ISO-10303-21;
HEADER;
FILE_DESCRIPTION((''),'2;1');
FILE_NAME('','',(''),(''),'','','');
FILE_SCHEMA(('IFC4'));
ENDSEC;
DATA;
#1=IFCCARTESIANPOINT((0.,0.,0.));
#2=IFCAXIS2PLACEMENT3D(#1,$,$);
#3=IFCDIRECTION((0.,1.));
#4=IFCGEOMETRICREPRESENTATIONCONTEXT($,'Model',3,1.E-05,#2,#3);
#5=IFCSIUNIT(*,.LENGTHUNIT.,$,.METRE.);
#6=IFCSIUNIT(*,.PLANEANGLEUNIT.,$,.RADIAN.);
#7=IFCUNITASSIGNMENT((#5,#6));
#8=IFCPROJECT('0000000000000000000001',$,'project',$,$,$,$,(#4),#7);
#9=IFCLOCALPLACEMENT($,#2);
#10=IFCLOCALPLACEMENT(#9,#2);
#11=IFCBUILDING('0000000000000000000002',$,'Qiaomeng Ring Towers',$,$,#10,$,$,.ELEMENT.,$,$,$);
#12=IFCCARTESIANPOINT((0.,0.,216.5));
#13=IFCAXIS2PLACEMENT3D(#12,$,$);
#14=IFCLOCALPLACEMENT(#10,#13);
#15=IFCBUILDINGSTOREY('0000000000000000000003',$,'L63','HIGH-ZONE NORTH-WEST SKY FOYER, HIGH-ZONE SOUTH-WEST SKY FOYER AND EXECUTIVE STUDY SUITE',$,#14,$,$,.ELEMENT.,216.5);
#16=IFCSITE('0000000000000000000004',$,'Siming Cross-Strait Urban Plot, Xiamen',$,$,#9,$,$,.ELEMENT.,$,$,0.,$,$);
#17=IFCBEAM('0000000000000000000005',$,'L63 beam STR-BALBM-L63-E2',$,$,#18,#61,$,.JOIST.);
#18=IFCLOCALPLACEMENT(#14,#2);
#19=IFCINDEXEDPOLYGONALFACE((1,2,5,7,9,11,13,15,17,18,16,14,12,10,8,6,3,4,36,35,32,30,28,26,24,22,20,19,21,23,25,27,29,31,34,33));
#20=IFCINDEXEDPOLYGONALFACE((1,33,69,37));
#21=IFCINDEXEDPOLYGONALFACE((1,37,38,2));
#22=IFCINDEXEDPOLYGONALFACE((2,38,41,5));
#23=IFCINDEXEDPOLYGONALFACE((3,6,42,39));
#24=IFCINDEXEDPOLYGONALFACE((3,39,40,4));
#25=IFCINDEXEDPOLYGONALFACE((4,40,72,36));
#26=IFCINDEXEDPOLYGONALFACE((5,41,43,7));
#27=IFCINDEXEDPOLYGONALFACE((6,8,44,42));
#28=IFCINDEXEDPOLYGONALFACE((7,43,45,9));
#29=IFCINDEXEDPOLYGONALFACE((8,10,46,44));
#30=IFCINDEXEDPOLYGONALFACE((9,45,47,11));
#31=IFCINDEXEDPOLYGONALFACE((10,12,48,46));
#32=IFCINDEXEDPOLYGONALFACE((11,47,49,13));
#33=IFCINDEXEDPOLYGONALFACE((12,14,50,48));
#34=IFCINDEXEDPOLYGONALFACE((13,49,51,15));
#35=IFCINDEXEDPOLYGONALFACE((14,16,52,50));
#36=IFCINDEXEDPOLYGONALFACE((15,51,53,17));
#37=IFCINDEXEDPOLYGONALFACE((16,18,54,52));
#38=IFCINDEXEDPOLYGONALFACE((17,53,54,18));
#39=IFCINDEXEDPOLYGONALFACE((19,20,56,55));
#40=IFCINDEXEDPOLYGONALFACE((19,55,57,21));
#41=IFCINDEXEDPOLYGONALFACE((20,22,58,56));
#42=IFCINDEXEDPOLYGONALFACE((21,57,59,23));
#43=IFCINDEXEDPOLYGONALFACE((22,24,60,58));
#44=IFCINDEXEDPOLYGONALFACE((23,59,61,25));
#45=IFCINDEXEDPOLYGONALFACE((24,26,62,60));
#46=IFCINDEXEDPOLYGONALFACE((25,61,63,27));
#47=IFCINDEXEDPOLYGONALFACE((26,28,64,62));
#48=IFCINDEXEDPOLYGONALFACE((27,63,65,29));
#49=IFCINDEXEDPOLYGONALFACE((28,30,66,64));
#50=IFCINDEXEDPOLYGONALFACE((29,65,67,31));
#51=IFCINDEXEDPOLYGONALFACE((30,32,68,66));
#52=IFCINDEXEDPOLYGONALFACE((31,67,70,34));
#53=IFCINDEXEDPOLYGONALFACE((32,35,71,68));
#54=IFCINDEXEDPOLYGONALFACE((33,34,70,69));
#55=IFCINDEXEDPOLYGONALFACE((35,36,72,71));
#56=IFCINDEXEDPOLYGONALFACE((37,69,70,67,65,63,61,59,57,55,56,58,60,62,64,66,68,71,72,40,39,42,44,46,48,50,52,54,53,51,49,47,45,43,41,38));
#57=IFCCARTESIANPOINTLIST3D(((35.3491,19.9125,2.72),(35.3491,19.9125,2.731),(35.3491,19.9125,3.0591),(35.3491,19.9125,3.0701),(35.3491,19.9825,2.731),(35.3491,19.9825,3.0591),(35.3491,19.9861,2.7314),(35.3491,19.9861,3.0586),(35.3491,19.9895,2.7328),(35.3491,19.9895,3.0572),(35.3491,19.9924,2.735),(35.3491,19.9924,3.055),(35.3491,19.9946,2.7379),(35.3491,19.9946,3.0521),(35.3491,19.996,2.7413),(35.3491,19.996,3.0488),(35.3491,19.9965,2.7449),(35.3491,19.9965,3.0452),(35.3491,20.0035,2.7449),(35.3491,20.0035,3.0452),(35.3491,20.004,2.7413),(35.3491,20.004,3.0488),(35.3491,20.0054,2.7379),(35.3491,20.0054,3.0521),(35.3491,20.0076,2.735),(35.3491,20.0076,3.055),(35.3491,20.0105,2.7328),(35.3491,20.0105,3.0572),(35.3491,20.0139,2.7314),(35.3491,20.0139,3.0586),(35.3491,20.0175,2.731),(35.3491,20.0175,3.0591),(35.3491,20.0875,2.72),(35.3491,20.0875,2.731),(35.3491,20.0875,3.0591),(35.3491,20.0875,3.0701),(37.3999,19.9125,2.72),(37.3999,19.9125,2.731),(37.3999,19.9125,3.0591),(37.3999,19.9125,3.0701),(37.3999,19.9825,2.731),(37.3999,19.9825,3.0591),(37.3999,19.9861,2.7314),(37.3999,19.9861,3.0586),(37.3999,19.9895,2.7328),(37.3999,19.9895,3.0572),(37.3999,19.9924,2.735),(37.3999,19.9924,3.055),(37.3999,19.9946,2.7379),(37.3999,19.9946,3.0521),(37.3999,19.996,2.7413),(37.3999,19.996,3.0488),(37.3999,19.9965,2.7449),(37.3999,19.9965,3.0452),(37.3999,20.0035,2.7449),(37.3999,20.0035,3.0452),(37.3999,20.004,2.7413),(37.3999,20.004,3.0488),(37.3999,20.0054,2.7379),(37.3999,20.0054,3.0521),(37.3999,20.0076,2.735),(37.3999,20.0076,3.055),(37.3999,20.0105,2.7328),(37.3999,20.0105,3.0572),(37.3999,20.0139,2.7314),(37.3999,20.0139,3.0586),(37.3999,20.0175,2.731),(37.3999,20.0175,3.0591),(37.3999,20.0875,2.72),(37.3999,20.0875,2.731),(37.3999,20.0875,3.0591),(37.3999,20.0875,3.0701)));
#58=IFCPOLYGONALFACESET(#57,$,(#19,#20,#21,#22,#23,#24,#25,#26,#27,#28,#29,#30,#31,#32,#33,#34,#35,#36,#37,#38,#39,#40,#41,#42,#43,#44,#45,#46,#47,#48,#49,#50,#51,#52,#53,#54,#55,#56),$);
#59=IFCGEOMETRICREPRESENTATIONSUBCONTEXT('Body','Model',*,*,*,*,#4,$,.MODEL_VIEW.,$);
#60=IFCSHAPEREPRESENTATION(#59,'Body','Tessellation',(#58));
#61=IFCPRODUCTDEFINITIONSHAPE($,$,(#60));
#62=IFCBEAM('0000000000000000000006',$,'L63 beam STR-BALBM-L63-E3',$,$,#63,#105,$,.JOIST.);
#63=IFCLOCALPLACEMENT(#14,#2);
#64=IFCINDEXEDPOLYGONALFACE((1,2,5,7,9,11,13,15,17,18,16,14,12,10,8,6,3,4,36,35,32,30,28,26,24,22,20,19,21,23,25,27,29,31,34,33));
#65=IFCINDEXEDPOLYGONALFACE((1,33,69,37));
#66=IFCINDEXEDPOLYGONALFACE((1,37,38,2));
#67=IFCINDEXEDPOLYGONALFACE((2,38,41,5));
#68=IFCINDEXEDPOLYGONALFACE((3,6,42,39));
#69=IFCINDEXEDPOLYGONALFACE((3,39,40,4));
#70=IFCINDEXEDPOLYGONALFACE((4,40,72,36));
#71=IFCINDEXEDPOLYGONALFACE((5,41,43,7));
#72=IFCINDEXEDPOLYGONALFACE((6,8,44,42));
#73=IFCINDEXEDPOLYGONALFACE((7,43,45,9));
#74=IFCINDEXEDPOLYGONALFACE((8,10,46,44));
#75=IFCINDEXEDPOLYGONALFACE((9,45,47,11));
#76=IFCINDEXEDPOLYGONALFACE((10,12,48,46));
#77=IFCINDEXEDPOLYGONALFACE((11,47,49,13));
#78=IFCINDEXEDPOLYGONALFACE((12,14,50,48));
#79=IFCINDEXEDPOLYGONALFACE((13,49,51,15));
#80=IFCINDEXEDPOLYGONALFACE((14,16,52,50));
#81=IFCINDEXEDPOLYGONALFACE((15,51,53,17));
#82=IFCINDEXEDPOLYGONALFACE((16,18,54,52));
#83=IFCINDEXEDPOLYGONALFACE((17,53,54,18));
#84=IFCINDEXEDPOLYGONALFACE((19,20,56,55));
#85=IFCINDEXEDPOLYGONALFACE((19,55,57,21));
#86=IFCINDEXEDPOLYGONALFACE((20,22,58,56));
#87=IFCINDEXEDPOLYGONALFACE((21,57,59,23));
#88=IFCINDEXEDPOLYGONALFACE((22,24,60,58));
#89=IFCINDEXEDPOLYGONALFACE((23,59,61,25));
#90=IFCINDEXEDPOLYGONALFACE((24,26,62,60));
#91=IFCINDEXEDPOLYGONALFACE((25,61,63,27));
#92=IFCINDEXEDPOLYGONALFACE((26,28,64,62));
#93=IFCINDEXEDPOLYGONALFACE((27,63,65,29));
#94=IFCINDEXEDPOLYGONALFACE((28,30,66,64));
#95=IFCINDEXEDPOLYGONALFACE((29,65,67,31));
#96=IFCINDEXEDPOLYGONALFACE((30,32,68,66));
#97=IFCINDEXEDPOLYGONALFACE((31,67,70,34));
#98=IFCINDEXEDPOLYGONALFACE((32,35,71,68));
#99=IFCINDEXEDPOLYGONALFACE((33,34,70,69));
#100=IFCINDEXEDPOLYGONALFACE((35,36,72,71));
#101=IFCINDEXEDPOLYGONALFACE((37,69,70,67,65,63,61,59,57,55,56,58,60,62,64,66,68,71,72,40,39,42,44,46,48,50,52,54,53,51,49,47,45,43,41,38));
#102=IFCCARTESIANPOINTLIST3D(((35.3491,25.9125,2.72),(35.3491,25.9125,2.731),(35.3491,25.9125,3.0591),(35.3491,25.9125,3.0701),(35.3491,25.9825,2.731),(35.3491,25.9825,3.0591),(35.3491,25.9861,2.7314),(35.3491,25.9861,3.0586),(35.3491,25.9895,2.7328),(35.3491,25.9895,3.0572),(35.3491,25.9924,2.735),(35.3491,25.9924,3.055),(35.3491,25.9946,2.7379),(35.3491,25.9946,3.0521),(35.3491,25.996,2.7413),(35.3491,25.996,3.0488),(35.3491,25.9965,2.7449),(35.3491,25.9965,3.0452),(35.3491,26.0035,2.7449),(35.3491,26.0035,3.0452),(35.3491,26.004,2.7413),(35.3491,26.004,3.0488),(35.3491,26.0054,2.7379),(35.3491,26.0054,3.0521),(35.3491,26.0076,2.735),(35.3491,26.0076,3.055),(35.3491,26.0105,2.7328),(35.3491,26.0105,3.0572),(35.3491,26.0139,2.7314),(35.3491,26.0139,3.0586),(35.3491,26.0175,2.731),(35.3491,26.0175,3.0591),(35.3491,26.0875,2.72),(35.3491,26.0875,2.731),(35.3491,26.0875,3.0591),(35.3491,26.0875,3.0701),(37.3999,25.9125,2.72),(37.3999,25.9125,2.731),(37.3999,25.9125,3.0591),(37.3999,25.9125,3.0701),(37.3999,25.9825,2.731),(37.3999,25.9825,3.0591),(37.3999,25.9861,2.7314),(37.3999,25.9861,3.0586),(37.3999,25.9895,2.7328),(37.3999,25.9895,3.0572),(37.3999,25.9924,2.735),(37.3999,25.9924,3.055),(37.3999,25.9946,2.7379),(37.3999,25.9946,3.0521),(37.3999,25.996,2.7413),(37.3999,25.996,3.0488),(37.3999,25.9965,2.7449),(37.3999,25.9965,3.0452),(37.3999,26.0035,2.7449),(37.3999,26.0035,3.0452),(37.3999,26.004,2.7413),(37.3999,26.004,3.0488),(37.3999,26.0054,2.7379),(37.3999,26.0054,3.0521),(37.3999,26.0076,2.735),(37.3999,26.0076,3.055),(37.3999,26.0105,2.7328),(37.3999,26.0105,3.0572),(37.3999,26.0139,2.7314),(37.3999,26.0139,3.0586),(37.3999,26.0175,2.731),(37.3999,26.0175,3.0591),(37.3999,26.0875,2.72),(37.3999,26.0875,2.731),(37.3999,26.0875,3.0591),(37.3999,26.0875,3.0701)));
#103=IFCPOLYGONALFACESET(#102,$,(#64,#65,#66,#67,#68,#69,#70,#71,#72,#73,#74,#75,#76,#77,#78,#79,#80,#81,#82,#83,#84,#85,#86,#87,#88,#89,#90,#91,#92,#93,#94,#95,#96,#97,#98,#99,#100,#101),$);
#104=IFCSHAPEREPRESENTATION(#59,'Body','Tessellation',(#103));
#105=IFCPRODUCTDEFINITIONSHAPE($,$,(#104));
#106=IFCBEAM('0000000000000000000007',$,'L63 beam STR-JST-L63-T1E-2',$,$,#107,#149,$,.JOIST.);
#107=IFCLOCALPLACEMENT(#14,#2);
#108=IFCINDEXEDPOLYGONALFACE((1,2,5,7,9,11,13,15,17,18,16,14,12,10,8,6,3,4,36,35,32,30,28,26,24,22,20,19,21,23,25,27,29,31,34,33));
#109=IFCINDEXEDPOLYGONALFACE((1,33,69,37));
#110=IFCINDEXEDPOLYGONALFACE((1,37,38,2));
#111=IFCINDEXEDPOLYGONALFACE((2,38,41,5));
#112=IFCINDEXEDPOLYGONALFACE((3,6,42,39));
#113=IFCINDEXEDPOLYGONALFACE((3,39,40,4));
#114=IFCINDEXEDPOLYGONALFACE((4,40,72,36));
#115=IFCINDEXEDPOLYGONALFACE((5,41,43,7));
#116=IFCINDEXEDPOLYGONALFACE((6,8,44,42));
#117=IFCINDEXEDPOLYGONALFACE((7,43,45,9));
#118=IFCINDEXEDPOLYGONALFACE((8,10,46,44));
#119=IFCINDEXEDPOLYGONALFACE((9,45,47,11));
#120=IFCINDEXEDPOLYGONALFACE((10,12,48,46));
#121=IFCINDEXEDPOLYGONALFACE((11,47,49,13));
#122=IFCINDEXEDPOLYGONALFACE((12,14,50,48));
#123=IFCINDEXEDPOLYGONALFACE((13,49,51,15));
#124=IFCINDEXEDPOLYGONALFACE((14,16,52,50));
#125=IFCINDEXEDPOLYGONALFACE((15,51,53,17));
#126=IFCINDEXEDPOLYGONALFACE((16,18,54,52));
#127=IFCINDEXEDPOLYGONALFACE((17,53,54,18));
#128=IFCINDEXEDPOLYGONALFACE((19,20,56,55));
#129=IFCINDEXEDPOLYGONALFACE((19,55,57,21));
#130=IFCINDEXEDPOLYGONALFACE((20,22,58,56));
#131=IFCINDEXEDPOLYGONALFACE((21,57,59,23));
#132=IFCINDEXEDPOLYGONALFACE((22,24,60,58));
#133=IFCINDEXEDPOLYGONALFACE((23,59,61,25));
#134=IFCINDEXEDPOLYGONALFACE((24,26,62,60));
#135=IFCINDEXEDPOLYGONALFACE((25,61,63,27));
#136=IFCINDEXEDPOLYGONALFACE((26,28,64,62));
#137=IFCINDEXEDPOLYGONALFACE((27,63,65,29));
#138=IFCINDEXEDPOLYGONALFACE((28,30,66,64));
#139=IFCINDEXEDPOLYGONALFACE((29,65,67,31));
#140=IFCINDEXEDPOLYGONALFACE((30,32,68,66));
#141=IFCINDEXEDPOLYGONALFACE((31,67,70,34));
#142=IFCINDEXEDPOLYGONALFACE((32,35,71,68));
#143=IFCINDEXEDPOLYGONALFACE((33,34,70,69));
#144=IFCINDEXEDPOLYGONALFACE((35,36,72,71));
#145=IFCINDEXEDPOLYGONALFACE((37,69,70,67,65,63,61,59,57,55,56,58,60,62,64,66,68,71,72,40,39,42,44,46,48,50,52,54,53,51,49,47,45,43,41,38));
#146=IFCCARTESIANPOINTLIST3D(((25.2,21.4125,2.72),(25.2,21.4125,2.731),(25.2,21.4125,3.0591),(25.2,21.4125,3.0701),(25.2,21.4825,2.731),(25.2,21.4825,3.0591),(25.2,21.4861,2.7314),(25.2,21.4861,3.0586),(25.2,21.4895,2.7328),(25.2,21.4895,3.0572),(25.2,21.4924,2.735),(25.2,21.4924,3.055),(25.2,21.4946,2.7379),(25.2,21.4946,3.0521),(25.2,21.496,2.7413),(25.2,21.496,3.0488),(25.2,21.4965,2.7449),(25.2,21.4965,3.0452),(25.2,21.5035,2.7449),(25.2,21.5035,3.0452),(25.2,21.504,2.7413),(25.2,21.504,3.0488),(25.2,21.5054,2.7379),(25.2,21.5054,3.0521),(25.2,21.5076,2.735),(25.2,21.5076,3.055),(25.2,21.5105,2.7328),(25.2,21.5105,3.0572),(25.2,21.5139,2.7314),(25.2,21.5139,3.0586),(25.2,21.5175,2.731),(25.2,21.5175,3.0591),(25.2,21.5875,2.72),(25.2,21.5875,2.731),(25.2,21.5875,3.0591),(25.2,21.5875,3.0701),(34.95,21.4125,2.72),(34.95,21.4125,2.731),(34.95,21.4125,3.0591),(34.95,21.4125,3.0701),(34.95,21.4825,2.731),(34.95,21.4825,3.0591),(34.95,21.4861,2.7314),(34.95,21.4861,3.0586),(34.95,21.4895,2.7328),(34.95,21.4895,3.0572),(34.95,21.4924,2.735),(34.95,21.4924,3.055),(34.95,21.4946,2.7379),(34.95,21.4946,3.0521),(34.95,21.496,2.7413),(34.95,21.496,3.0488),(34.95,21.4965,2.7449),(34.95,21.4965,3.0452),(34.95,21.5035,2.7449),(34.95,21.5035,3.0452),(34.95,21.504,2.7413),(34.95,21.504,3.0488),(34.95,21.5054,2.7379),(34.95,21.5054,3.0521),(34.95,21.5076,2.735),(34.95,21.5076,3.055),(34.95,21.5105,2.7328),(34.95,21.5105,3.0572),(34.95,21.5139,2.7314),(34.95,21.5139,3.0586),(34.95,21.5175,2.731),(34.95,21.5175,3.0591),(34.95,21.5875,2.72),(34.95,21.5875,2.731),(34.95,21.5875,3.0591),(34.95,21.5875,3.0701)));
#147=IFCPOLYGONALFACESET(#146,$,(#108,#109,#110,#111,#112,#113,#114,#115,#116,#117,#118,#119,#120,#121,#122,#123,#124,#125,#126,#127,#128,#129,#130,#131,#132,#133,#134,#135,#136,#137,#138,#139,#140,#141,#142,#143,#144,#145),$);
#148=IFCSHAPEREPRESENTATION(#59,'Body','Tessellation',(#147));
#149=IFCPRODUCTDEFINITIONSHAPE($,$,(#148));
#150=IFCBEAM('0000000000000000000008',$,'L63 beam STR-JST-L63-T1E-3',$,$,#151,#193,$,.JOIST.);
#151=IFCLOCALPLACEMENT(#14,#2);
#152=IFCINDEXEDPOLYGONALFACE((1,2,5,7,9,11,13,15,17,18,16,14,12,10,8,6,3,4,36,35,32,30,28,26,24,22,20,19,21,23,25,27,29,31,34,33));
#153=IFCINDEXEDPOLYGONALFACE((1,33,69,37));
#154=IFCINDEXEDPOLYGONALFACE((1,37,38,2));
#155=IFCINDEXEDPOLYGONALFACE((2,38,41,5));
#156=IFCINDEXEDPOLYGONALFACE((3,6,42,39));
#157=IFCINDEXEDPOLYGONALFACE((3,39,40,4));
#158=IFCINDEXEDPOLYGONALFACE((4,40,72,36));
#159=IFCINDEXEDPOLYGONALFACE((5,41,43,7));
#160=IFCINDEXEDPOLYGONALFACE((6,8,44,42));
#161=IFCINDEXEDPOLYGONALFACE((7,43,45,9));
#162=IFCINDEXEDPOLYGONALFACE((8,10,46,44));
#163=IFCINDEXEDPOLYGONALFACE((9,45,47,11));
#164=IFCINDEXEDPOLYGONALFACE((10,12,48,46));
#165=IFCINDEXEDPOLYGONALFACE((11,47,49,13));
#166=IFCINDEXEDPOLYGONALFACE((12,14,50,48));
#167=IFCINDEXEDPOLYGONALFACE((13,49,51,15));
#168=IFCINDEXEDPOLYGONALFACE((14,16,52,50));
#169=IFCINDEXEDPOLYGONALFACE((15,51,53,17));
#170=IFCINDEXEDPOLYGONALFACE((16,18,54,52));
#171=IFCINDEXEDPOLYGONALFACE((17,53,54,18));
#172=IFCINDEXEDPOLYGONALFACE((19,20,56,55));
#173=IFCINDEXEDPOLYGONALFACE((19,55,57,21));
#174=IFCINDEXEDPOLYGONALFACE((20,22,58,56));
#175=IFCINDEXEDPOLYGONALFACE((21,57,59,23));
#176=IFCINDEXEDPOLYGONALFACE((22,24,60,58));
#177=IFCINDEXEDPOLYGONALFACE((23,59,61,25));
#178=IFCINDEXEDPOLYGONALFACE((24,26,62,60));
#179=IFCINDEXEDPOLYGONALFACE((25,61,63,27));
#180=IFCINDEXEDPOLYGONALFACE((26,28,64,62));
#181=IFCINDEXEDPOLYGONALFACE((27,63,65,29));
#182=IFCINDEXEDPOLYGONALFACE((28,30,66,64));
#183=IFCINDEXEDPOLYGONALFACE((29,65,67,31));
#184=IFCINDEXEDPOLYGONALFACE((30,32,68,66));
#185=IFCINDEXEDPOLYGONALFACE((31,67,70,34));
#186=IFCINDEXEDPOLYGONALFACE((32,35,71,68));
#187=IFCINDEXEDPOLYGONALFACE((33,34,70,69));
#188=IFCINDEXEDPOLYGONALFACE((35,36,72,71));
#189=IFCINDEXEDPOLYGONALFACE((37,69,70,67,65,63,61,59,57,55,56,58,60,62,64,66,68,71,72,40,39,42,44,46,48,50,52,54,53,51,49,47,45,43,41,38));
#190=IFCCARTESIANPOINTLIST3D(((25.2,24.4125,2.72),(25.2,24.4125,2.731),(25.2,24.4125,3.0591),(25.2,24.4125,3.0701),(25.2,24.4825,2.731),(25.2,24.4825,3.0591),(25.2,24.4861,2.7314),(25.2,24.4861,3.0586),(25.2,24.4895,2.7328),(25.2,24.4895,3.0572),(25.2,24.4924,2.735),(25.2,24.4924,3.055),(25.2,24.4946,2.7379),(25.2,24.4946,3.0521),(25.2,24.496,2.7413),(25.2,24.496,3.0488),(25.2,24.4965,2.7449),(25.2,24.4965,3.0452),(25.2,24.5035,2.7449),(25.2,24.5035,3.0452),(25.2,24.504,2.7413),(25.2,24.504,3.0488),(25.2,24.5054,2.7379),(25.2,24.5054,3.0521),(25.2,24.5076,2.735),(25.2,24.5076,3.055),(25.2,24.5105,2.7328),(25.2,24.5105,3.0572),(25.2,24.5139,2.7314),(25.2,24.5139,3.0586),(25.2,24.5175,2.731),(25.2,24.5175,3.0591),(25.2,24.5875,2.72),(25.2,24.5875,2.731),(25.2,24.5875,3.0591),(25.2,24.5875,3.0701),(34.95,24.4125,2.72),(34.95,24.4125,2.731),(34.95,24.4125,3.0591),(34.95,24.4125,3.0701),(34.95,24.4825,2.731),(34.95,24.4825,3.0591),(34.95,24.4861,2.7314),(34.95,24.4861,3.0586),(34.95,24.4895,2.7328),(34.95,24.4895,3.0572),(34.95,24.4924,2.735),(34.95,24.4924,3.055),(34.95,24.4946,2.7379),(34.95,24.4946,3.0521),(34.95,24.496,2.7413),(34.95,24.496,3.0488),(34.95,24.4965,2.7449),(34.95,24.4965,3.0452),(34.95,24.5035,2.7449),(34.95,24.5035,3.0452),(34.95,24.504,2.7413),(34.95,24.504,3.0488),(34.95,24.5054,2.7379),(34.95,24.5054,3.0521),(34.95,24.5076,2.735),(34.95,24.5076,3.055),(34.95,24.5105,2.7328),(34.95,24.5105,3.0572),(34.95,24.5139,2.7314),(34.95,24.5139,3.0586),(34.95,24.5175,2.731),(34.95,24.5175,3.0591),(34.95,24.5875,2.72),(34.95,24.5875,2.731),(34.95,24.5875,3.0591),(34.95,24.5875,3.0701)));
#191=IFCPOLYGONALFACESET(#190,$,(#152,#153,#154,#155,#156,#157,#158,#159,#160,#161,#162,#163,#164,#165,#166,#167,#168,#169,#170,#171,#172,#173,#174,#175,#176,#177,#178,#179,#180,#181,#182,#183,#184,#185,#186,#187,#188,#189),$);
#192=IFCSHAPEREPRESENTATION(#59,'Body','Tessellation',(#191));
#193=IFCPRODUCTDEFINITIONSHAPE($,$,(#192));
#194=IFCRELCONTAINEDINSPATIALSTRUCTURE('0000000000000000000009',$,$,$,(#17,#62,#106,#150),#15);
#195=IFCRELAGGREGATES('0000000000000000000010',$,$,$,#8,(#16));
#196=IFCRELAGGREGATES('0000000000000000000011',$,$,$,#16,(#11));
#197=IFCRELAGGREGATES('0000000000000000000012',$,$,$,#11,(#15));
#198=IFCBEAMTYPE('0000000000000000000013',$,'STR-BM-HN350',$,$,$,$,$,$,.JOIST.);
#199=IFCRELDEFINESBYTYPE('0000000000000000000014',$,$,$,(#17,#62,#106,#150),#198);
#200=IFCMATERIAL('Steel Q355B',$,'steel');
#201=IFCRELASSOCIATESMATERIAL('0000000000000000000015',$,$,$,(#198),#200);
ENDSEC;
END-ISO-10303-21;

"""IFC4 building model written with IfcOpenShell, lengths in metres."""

from ifc_helpers import new_model, si_unit, direction, frame, origin, origin_2d, place, context, subcontext, project, spatial, i_section, extrude, source, transform, mapped, material, material_profile, profile_set, type_object, element, save


model = new_model("IFC4")

# Units and contexts
model_context = context("Model", 3, precision=1e-05, world=origin(), true_north=direction((0.0, 1.0)))
body_context = subcontext(model_context, "Body", "Model", "MODEL_VIEW")
ifc_project = project(units=[si_unit("LENGTHUNIT", "METRE"), si_unit("PLANEANGLEUNIT", "RADIAN")], contexts=[model_context])

# Site, building, storey
site_placement = place(None, origin())
site = spatial("IfcSite", under=ifc_project, at=site_placement, Name="Siming Cross-Strait Urban Plot, Xiamen", CompositionType="ELEMENT", RefElevation=0.0)
building_placement = place(site_placement, origin())
building = spatial("IfcBuilding", under=site, at=building_placement, Name="Qiaomeng Ring Towers", CompositionType="ELEMENT")
storey_placement = place(building_placement, frame((0.0, 0.0, 216.5)))
storey = spatial("IfcBuildingStorey", under=building, at=storey_placement, Name="L63", Description="HIGH-ZONE NORTH-WEST SKY FOYER, HIGH-ZONE SOUTH-WEST SKY FOYER AND EXECUTIVE STUDY SUITE", CompositionType="ELEMENT", Elevation=216.5)

# Beams
ifc_material_1 = material(Name="Steel Q355B", Category="steel")
ifc_material_profile_1 = material_profile(ifc_material_1, i_section(OverallWidth=0.175, OverallDepth=0.3501, WebThickness=0.0071, FlangeThickness=0.011, FilletRadius=0.0139, at=origin_2d()), Name="HN 350x175x7x11")
ifc_profile_set_1 = profile_set([ifc_material_profile_1], Name="Steel Q355B")
beam_type_1 = type_object("IfcBeamType", Name="STR-BM-HN350", PredefinedType="JOIST", material=ifc_profile_set_1)
shared_shape_1 = source(origin(), body_context, "Body", "SweptSolid", [
    extrude(i_section(OverallWidth=0.175, OverallDepth=0.3501, WebThickness=0.0071, FlangeThickness=0.011, FilletRadius=0.0139, at=origin_2d()), origin(), (0.0, 0.0, 1.0), 2.0508),
])
for number, where, z_axis, x_axis, name in (
    (1, (35.3491, 20.0, 2.895), (1.0, 0.0, 0.0), (0.0, 1.0, 0.0), "L63 beam STR-BALBM-L63-E2"),
    (2, (35.3491, 26.0, 2.895), (1.0, 0.0, 0.0), (0.0, 1.0, 0.0), "L63 beam STR-BALBM-L63-E3"),
):
    element("IfcBeam", number, at=place(storey_placement, frame(where, z_axis=z_axis, x_axis=x_axis)), inside=storey, type_object=beam_type_1, Name=name, PredefinedType="JOIST", context=body_context, shape_type="MappedRepresentation", body=[
        mapped(shared_shape_1, transform((0.0, 0.0, 0.0), x_axis=(1.0, 0.0, 0.0), y_axis=(0.0, 1.0, 0.0), z_axis=(0.0, 0.0, 1.0), scale=1.0)),
    ])
shared_shape_2 = source(origin(), body_context, "Body", "SweptSolid", [
    extrude(i_section(OverallWidth=0.175, OverallDepth=0.3501, WebThickness=0.0071, FlangeThickness=0.011, FilletRadius=0.0139, at=origin_2d()), origin(), (0.0, 0.0, 1.0), 9.75),
])
for number, where, z_axis, x_axis, name in (
    (3, (25.2, 21.5, 2.895), (1.0, 0.0, 0.0), (0.0, 1.0, 0.0), "L63 beam STR-JST-L63-T1E-2"),
    (4, (25.2, 24.5, 2.895), (1.0, 0.0, 0.0), (0.0, 1.0, 0.0), "L63 beam STR-JST-L63-T1E-3"),
):
    element("IfcBeam", number, at=place(storey_placement, frame(where, z_axis=z_axis, x_axis=x_axis)), inside=storey, type_object=beam_type_1, Name=name, PredefinedType="JOIST", context=body_context, shape_type="MappedRepresentation", body=[
        mapped(shared_shape_2, transform((0.0, 0.0, 0.0), x_axis=(1.0, 0.0, 0.0), y_axis=(0.0, 1.0, 0.0), z_axis=(0.0, 0.0, 1.0), scale=1.0)),
    ])

save(model, "model.ifc")
